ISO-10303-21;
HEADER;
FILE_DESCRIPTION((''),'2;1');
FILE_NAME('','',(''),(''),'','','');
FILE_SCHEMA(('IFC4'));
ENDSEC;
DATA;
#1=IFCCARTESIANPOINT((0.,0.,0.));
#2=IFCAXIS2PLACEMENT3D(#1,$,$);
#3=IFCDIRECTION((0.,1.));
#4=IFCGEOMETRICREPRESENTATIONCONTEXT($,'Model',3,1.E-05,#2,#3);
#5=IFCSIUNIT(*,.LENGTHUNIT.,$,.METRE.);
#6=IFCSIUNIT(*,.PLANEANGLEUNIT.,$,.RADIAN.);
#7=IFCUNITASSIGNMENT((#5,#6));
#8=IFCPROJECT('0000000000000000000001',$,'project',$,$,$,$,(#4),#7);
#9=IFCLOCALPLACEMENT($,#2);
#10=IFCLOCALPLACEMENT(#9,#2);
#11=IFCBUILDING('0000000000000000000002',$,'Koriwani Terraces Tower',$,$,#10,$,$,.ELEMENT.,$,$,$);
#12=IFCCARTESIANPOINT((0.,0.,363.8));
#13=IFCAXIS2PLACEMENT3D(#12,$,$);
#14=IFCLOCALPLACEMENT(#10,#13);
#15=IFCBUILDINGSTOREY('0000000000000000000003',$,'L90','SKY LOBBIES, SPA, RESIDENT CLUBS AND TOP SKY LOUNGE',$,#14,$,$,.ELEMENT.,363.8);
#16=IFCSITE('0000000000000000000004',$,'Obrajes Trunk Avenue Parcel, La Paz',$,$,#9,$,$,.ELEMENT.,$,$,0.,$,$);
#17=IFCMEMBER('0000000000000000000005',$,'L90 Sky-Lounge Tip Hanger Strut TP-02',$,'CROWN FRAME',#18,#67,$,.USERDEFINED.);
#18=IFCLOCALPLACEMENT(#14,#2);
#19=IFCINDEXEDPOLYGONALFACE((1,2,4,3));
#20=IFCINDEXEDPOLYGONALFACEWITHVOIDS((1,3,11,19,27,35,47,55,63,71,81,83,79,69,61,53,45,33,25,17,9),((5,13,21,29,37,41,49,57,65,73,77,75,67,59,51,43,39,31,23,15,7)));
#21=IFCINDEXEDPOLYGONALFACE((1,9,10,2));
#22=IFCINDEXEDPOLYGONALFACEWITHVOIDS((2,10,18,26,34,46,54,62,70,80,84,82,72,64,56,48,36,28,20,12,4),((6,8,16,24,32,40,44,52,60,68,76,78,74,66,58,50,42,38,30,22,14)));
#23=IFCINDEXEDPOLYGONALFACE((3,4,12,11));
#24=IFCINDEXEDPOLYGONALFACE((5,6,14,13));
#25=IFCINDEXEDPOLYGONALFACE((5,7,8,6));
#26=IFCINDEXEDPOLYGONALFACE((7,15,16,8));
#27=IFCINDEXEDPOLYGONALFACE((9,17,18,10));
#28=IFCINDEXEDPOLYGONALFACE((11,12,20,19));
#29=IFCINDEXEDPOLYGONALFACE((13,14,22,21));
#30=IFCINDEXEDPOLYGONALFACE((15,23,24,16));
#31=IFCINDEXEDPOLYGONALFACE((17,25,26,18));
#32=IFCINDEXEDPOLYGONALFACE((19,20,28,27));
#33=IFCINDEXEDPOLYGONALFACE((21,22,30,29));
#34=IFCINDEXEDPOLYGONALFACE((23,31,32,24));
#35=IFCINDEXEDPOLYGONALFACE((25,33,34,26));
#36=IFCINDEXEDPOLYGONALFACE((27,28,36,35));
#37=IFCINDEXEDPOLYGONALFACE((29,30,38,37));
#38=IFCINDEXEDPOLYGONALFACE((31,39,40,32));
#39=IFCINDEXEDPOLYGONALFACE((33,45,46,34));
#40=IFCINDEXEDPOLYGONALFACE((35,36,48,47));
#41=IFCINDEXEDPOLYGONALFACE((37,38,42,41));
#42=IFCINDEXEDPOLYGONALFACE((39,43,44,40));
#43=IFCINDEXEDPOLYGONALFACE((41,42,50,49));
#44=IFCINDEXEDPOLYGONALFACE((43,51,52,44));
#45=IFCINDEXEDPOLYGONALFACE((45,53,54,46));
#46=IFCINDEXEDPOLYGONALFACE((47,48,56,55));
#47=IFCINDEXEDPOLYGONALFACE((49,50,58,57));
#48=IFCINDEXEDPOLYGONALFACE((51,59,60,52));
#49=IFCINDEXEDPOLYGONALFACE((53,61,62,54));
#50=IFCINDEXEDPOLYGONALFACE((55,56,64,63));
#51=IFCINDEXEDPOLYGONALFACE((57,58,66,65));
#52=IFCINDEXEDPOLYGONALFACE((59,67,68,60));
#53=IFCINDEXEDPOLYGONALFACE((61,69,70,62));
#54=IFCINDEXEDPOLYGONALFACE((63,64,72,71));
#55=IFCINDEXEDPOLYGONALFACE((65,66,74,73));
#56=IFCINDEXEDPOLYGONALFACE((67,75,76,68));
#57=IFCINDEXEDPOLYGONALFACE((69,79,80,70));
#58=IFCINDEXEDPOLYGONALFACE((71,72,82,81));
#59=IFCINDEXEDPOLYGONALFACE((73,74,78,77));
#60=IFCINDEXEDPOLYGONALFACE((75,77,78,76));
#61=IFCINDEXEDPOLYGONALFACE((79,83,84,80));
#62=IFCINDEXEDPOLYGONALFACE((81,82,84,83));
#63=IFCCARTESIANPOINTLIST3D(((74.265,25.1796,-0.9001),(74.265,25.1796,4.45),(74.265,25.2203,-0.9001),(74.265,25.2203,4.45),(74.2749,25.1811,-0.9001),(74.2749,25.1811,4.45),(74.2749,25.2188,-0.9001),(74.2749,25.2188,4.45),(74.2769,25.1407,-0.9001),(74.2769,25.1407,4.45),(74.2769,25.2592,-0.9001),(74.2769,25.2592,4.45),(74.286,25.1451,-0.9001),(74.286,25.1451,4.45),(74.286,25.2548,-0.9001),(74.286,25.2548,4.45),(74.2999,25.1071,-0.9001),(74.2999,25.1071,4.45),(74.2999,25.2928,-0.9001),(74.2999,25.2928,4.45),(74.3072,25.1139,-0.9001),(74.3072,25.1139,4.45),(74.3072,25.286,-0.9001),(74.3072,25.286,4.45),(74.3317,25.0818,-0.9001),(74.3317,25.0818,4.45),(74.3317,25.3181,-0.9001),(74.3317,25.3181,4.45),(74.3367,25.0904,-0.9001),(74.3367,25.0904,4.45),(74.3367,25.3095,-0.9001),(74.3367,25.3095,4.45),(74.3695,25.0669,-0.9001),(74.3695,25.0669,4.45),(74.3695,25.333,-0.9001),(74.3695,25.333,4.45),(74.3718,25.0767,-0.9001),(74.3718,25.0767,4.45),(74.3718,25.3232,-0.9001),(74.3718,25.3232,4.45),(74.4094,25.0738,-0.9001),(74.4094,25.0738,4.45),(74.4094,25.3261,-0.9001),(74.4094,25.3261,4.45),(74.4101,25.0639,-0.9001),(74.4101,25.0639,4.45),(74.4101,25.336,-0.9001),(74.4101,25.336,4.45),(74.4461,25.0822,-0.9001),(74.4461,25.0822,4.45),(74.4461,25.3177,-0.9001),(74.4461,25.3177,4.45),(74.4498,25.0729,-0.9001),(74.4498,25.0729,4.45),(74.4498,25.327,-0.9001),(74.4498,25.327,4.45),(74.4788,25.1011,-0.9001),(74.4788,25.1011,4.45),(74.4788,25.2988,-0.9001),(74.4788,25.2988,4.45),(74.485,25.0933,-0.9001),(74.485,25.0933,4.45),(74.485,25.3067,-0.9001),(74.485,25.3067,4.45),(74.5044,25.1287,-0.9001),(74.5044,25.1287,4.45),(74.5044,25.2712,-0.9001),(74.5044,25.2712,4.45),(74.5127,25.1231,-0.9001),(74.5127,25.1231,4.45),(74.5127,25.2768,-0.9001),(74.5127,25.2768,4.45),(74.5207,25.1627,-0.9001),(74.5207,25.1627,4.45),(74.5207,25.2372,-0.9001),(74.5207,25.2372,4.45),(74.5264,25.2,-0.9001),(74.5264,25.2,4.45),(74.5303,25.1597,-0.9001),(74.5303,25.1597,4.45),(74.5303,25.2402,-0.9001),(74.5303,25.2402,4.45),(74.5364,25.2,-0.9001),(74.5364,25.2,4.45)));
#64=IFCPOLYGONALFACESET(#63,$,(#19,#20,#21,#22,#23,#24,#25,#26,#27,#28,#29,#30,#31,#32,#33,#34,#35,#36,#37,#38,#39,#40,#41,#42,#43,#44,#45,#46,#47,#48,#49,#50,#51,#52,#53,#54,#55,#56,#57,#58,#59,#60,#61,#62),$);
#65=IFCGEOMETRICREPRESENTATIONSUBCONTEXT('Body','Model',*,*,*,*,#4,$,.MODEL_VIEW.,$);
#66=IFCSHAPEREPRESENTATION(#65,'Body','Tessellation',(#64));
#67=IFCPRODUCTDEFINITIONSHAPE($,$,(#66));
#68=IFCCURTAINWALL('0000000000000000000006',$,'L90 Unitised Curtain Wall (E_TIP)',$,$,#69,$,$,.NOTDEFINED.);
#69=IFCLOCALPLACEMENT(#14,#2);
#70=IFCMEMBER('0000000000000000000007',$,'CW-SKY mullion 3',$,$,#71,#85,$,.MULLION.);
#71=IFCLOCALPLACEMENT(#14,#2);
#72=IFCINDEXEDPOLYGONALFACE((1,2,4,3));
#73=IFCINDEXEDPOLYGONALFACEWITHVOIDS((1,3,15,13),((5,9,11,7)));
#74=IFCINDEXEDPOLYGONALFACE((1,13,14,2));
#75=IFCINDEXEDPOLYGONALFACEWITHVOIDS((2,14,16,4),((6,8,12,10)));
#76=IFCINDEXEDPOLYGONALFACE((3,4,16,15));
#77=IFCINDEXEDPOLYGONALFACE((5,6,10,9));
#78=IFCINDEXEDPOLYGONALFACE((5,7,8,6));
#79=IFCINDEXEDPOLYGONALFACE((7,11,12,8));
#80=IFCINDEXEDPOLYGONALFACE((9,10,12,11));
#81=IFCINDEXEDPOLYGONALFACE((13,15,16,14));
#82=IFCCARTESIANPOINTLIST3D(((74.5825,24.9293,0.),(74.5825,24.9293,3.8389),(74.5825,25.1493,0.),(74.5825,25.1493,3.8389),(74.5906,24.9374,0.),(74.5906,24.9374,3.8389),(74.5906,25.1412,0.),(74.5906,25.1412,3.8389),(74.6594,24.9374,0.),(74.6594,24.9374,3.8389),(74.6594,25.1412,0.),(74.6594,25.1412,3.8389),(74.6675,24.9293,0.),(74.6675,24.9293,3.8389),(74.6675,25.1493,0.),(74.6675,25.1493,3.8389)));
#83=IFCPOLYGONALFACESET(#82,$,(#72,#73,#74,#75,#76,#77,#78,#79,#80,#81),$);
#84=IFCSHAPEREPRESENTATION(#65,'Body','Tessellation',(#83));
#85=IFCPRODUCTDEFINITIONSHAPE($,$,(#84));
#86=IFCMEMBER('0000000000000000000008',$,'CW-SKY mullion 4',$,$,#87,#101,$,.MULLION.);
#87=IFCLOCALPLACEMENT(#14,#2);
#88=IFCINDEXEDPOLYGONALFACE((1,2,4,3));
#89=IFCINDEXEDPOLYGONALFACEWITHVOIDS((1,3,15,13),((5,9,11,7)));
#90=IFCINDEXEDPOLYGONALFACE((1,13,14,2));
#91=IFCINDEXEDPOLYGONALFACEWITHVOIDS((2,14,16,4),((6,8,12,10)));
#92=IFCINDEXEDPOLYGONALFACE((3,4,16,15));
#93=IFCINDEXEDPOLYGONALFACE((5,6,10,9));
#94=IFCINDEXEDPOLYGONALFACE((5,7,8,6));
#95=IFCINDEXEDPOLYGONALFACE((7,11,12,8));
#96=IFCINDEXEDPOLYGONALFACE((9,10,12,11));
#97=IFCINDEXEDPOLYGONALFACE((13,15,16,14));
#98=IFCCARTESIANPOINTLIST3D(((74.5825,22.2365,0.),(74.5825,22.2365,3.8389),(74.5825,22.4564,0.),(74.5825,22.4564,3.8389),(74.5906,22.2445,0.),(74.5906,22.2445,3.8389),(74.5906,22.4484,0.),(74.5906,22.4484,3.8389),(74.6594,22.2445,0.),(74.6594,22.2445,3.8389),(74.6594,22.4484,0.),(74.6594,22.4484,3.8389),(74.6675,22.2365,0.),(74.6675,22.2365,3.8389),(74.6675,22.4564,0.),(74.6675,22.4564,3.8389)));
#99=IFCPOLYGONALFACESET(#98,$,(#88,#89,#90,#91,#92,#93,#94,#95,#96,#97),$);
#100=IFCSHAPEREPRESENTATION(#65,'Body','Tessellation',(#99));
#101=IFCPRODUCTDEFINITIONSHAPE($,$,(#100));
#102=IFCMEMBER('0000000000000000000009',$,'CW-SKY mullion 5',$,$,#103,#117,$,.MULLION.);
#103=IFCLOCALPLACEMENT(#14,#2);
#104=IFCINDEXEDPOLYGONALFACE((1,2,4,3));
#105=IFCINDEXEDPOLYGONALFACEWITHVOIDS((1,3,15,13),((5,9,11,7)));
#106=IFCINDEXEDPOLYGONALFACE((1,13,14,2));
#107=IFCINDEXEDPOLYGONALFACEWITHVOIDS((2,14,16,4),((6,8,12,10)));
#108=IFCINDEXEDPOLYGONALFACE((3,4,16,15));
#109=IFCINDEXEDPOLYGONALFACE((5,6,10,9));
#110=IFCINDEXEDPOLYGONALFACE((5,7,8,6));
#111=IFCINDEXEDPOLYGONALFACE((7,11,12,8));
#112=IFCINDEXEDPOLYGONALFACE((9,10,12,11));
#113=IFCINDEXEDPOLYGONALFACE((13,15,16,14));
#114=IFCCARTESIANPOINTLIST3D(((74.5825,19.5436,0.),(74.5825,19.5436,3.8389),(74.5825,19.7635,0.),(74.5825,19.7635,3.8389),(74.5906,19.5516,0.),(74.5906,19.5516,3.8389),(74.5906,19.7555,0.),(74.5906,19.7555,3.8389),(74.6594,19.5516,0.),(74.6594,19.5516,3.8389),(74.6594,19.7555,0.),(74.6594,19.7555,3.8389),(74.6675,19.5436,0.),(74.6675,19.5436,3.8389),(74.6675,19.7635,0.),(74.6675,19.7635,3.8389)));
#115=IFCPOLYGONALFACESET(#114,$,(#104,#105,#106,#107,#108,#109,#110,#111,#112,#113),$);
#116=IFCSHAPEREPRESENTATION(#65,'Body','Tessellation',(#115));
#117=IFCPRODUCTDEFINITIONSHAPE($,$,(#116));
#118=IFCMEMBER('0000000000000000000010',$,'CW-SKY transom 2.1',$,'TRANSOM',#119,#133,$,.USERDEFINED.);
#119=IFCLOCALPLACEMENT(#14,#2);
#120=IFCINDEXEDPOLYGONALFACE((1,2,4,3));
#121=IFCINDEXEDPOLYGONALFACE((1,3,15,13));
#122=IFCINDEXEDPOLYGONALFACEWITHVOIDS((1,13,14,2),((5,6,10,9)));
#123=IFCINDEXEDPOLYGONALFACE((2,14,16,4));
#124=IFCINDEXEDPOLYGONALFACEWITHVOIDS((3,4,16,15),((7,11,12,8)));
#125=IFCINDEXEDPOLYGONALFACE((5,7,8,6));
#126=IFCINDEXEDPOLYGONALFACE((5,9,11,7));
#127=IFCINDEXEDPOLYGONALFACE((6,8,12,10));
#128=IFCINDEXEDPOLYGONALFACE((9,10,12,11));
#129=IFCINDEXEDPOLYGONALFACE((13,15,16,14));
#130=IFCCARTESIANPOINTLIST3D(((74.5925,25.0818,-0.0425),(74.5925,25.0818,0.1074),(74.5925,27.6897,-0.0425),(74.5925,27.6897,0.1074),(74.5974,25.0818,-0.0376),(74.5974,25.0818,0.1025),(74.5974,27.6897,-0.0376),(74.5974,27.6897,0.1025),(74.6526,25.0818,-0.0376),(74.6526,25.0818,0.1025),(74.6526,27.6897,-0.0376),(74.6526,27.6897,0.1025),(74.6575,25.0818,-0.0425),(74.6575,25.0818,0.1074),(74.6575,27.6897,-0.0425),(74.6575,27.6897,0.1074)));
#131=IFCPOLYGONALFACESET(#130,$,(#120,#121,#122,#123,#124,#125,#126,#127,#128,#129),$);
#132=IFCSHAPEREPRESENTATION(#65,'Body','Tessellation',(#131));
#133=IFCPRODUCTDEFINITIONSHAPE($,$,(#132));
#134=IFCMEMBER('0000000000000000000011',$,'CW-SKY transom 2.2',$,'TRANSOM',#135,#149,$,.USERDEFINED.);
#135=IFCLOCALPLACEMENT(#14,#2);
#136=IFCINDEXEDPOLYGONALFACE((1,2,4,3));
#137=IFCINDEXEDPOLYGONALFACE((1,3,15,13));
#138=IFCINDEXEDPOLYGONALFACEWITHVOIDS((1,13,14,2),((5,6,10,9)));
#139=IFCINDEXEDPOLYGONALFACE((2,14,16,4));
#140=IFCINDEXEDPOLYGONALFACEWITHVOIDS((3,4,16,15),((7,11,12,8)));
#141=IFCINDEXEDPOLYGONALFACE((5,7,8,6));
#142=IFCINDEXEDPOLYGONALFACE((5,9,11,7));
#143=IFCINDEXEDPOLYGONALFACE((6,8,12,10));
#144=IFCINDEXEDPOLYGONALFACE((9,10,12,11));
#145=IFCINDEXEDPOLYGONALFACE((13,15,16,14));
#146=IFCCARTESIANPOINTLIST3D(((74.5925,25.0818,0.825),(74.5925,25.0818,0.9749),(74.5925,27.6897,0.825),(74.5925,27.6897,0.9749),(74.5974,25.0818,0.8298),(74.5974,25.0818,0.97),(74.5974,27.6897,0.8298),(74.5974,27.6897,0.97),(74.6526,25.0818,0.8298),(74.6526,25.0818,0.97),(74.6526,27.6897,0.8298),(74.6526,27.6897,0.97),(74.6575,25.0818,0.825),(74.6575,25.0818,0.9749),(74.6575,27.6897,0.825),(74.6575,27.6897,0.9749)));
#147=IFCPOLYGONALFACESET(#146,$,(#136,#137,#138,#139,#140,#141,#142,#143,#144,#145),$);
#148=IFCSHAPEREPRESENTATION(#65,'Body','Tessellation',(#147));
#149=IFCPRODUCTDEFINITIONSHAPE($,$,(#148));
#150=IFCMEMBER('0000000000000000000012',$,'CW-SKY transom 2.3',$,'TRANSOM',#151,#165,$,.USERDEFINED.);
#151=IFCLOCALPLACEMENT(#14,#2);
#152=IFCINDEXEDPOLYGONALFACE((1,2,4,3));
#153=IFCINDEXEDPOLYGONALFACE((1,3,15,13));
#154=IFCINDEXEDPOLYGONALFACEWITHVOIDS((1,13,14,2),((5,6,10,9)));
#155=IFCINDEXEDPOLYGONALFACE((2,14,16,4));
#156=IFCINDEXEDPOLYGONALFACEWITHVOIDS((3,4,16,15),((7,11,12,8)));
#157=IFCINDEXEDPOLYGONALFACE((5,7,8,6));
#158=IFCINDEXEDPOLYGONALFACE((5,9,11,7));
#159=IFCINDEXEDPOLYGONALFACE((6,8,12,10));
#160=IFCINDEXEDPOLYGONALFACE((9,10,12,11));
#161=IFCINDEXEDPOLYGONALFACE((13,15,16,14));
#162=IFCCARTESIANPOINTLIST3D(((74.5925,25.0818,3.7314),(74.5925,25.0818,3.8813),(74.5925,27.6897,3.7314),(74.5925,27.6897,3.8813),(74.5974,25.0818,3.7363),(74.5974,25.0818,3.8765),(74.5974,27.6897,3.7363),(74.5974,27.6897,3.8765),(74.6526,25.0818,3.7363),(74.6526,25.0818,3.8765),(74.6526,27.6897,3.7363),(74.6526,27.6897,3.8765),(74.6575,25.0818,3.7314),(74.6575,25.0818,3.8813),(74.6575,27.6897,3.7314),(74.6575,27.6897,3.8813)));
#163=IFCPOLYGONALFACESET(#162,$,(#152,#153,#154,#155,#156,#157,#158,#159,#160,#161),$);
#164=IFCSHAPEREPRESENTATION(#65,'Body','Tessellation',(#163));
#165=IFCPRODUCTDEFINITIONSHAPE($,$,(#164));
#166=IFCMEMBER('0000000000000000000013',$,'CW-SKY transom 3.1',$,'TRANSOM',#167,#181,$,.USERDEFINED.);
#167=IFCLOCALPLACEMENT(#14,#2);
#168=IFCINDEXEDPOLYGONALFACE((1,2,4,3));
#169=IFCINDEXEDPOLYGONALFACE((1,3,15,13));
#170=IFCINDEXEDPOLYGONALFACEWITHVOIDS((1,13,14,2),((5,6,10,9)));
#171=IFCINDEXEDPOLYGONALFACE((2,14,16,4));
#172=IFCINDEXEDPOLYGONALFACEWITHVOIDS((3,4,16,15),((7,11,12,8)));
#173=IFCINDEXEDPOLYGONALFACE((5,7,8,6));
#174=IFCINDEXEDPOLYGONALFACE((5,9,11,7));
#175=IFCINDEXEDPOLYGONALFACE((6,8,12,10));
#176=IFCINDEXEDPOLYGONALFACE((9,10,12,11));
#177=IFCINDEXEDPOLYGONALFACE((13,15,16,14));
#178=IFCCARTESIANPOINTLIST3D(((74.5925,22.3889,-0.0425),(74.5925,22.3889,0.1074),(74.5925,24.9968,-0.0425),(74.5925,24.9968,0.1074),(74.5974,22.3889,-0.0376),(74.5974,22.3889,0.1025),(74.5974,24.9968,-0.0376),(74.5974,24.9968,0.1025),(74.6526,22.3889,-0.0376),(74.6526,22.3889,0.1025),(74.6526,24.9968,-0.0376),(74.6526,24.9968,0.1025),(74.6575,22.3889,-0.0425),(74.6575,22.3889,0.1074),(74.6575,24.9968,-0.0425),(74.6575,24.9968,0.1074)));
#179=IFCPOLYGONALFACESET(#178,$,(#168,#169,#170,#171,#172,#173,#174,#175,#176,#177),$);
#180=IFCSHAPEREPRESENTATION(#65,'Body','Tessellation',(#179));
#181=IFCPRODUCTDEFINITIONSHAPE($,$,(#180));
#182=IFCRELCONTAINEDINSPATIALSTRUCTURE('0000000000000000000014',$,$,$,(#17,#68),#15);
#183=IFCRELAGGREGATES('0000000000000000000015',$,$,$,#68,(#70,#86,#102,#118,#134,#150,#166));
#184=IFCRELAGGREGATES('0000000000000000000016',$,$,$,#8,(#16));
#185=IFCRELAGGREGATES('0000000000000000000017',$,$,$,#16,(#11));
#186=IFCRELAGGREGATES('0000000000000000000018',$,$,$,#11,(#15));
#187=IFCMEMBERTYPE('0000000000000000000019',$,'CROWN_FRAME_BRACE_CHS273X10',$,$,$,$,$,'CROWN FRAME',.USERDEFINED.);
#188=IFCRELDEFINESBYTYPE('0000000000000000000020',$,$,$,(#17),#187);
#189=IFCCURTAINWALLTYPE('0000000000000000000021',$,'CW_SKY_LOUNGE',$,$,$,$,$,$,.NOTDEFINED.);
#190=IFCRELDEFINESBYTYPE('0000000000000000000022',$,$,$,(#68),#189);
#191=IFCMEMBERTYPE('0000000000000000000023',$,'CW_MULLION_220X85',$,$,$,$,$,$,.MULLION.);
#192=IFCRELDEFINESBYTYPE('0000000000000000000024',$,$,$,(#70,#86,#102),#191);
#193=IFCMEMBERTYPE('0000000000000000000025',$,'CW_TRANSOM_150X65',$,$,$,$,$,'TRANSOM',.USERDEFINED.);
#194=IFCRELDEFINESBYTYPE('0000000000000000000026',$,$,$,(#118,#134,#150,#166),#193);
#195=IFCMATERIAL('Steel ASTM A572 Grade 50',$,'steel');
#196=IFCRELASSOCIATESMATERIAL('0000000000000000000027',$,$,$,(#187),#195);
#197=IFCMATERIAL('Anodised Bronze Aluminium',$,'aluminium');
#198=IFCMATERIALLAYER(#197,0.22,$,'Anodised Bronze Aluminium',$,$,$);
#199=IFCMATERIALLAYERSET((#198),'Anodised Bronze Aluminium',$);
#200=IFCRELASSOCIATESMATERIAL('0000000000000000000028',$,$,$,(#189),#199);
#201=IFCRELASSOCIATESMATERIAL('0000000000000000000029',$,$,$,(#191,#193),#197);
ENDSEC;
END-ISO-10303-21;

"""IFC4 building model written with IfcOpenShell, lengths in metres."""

from ifc_helpers import new_model, si_unit, direction, frame, origin, origin_2d, place, context, subcontext, project, spatial, hollow_rectangle, hollow_circle, extrude, material, layer, layer_set, material_profile, profile_set, type_object, element, aggregate, save


model = new_model("IFC4")

# Units and contexts
model_context = context("Model", 3, precision=1e-05, world=origin(), true_north=direction((0.0, 1.0)))
body_context = subcontext(model_context, "Body", "Model", "MODEL_VIEW")
ifc_project = project(units=[si_unit("LENGTHUNIT", "METRE"), si_unit("PLANEANGLEUNIT", "RADIAN")], contexts=[model_context])

# Site, building, storey
site_placement = place(None, origin())
site = spatial("IfcSite", under=ifc_project, at=site_placement, Name="Obrajes Trunk Avenue Parcel, La Paz", CompositionType="ELEMENT", RefElevation=0.0)
building_placement = place(site_placement, origin())
building = spatial("IfcBuilding", under=site, at=building_placement, Name="Koriwani Terraces Tower", CompositionType="ELEMENT")
storey_placement = place(building_placement, frame((0.0, 0.0, 363.8)))
storey = spatial("IfcBuildingStorey", under=building, at=storey_placement, Name="L90", Description="SKY LOBBIES, SPA, RESIDENT CLUBS AND TOP SKY LOUNGE", CompositionType="ELEMENT", Elevation=363.8)

# Member
ifc_material_1 = material(Name="Steel ASTM A572 Grade 50", Category="steel")
ifc_material_profile_1 = material_profile(ifc_material_1, hollow_circle(Radius=0.1365, WallThickness=0.01, at=origin_2d()), Name="Steel ASTM A572 Grade 50", Category="LoadBearing")
ifc_profile_set_1 = profile_set([ifc_material_profile_1], Name="Steel ASTM A572 Grade 50")
member_type_1 = type_object("IfcMemberType", Name="CROWN_FRAME_BRACE_CHS273X10", ElementType="CROWN FRAME", PredefinedType="USERDEFINED", material=ifc_profile_set_1)
member_1_placement = place(storey_placement, frame((74.3999, 25.2, -0.9001), z_axis=(0.0, 0.0, 1.0), x_axis=(1.0, 0.0, 0.0)))
element("IfcMember", 1, at=member_1_placement, inside=storey, type_object=member_type_1, Name="L90 Sky-Lounge Tip Hanger Strut TP-02", ObjectType="CROWN FRAME", PredefinedType="USERDEFINED", context=body_context, shape_type="SweptSolid", body=[
    extrude(hollow_circle(Radius=0.1365, WallThickness=0.01, at=origin_2d()), origin(), (0.0, 0.0, 1.0), 5.3501),
])

# Curtain wall, members
ifc_material_2 = material(Name="Anodised Bronze Aluminium", Category="aluminium")
ifc_layer_1 = layer(ifc_material_2, 0.22, Name="Anodised Bronze Aluminium")
ifc_layer_set_1 = layer_set([ifc_layer_1], Name="Anodised Bronze Aluminium")
curtain_wall_type = type_object("IfcCurtainWallType", Name="CW_SKY_LOUNGE", PredefinedType="NOTDEFINED", material=ifc_layer_set_1)
curtain_wall_placement = place(storey_placement, origin())
curtain_wall = element("IfcCurtainWall", 2, at=curtain_wall_placement, inside=storey, type_object=curtain_wall_type, Name="L90 Unitised Curtain Wall (E_TIP)", PredefinedType="NOTDEFINED")
ifc_material_profile_2 = material_profile(ifc_material_2, hollow_rectangle(XDim=0.085, YDim=0.22, WallThickness=0.0081, at=origin_2d()), Name="Anodised Bronze Aluminium", Category="LoadBearing")
ifc_profile_set_2 = profile_set([ifc_material_profile_2], Name="Anodised Bronze Aluminium")
member_type_2 = type_object("IfcMemberType", Name="CW_MULLION_220X85", PredefinedType="MULLION", material=ifc_profile_set_2)
member_2_placement = place(storey_placement, frame((74.625, 25.0393, 0.0), z_axis=(0.0, 0.0, 1.0), x_axis=(1.0, 0.0, 0.0)))
member_2 = element("IfcMember", 3, at=member_2_placement, type_object=member_type_2, Name="CW-SKY mullion 3", PredefinedType="MULLION", context=body_context, shape_type="SweptSolid", body=[
    extrude(hollow_rectangle(XDim=0.085, YDim=0.22, WallThickness=0.0081, at=origin_2d()), origin(), (0.0, 0.0, 1.0), 3.8389),
])
member_3_placement = place(storey_placement, frame((74.625, 22.3464, 0.0), z_axis=(0.0, 0.0, 1.0), x_axis=(1.0, 0.0, 0.0)))
member_3 = element("IfcMember", 4, at=member_3_placement, type_object=member_type_2, Name="CW-SKY mullion 4", PredefinedType="MULLION", context=body_context, shape_type="SweptSolid", body=[
    extrude(hollow_rectangle(XDim=0.085, YDim=0.22, WallThickness=0.0081, at=origin_2d()), origin(), (0.0, 0.0, 1.0), 3.8389),
])
member_4_placement = place(storey_placement, frame((74.625, 19.6536, 0.0), z_axis=(0.0, 0.0, 1.0), x_axis=(1.0, 0.0, 0.0)))
member_4 = element("IfcMember", 5, at=member_4_placement, type_object=member_type_2, Name="CW-SKY mullion 5", PredefinedType="MULLION", context=body_context, shape_type="SweptSolid", body=[
    extrude(hollow_rectangle(XDim=0.085, YDim=0.22, WallThickness=0.0081, at=origin_2d()), origin(), (0.0, 0.0, 1.0), 3.8389),
])
ifc_material_profile_3 = material_profile(ifc_material_2, hollow_rectangle(XDim=0.0649, YDim=0.1499, WallThickness=0.0049, at=origin_2d()), Name="Anodised Bronze Aluminium", Category="LoadBearing")
ifc_profile_set_3 = profile_set([ifc_material_profile_3], Name="Anodised Bronze Aluminium")
member_type_3 = type_object("IfcMemberType", Name="CW_TRANSOM_150X65", ElementType="TRANSOM", PredefinedType="USERDEFINED", material=ifc_profile_set_3)
member_5_placement = place(storey_placement, frame((74.625, 27.6897, 0.0325), z_axis=(0.0, -1.0, 0.0), x_axis=(1.0, 0.0, 0.0)))
member_5 = element("IfcMember", 6, at=member_5_placement, type_object=member_type_3, Name="CW-SKY transom 2.1", ObjectType="TRANSOM", PredefinedType="USERDEFINED", context=body_context, shape_type="SweptSolid", body=[
    extrude(hollow_rectangle(XDim=0.0649, YDim=0.1499, WallThickness=0.0049, at=origin_2d()), origin(), (0.0, 0.0, 1.0), 2.6079),
])
member_6_placement = place(storey_placement, frame((74.625, 27.6897, 0.8999), z_axis=(0.0, -1.0, 0.0), x_axis=(1.0, 0.0, 0.0)))
member_6 = element("IfcMember", 7, at=member_6_placement, type_object=member_type_3, Name="CW-SKY transom 2.2", ObjectType="TRANSOM", PredefinedType="USERDEFINED", context=body_context, shape_type="SweptSolid", body=[
    extrude(hollow_rectangle(XDim=0.0649, YDim=0.1499, WallThickness=0.0049, at=origin_2d()), origin(), (0.0, 0.0, 1.0), 2.6079),
])
member_7_placement = place(storey_placement, frame((74.625, 27.6897, 3.8064), z_axis=(0.0, -1.0, 0.0), x_axis=(1.0, 0.0, 0.0)))
member_7 = element("IfcMember", 8, at=member_7_placement, type_object=member_type_3, Name="CW-SKY transom 2.3", ObjectType="TRANSOM", PredefinedType="USERDEFINED", context=body_context, shape_type="SweptSolid", body=[
    extrude(hollow_rectangle(XDim=0.0649, YDim=0.1499, WallThickness=0.0049, at=origin_2d()), origin(), (0.0, 0.0, 1.0), 2.6079),
])
member_8_placement = place(storey_placement, frame((74.625, 24.9968, 0.0325), z_axis=(0.0, -1.0, 0.0), x_axis=(1.0, 0.0, 0.0)))
member_8 = element("IfcMember", 9, at=member_8_placement, type_object=member_type_3, Name="CW-SKY transom 3.1", ObjectType="TRANSOM", PredefinedType="USERDEFINED", context=body_context, shape_type="SweptSolid", body=[
    extrude(hollow_rectangle(XDim=0.0649, YDim=0.1499, WallThickness=0.0049, at=origin_2d()), origin(), (0.0, 0.0, 1.0), 2.6079),
])
aggregate(curtain_wall, [member_2, member_3, member_4, member_5, member_6, member_7, member_8])

save(model, "model.ifc")
